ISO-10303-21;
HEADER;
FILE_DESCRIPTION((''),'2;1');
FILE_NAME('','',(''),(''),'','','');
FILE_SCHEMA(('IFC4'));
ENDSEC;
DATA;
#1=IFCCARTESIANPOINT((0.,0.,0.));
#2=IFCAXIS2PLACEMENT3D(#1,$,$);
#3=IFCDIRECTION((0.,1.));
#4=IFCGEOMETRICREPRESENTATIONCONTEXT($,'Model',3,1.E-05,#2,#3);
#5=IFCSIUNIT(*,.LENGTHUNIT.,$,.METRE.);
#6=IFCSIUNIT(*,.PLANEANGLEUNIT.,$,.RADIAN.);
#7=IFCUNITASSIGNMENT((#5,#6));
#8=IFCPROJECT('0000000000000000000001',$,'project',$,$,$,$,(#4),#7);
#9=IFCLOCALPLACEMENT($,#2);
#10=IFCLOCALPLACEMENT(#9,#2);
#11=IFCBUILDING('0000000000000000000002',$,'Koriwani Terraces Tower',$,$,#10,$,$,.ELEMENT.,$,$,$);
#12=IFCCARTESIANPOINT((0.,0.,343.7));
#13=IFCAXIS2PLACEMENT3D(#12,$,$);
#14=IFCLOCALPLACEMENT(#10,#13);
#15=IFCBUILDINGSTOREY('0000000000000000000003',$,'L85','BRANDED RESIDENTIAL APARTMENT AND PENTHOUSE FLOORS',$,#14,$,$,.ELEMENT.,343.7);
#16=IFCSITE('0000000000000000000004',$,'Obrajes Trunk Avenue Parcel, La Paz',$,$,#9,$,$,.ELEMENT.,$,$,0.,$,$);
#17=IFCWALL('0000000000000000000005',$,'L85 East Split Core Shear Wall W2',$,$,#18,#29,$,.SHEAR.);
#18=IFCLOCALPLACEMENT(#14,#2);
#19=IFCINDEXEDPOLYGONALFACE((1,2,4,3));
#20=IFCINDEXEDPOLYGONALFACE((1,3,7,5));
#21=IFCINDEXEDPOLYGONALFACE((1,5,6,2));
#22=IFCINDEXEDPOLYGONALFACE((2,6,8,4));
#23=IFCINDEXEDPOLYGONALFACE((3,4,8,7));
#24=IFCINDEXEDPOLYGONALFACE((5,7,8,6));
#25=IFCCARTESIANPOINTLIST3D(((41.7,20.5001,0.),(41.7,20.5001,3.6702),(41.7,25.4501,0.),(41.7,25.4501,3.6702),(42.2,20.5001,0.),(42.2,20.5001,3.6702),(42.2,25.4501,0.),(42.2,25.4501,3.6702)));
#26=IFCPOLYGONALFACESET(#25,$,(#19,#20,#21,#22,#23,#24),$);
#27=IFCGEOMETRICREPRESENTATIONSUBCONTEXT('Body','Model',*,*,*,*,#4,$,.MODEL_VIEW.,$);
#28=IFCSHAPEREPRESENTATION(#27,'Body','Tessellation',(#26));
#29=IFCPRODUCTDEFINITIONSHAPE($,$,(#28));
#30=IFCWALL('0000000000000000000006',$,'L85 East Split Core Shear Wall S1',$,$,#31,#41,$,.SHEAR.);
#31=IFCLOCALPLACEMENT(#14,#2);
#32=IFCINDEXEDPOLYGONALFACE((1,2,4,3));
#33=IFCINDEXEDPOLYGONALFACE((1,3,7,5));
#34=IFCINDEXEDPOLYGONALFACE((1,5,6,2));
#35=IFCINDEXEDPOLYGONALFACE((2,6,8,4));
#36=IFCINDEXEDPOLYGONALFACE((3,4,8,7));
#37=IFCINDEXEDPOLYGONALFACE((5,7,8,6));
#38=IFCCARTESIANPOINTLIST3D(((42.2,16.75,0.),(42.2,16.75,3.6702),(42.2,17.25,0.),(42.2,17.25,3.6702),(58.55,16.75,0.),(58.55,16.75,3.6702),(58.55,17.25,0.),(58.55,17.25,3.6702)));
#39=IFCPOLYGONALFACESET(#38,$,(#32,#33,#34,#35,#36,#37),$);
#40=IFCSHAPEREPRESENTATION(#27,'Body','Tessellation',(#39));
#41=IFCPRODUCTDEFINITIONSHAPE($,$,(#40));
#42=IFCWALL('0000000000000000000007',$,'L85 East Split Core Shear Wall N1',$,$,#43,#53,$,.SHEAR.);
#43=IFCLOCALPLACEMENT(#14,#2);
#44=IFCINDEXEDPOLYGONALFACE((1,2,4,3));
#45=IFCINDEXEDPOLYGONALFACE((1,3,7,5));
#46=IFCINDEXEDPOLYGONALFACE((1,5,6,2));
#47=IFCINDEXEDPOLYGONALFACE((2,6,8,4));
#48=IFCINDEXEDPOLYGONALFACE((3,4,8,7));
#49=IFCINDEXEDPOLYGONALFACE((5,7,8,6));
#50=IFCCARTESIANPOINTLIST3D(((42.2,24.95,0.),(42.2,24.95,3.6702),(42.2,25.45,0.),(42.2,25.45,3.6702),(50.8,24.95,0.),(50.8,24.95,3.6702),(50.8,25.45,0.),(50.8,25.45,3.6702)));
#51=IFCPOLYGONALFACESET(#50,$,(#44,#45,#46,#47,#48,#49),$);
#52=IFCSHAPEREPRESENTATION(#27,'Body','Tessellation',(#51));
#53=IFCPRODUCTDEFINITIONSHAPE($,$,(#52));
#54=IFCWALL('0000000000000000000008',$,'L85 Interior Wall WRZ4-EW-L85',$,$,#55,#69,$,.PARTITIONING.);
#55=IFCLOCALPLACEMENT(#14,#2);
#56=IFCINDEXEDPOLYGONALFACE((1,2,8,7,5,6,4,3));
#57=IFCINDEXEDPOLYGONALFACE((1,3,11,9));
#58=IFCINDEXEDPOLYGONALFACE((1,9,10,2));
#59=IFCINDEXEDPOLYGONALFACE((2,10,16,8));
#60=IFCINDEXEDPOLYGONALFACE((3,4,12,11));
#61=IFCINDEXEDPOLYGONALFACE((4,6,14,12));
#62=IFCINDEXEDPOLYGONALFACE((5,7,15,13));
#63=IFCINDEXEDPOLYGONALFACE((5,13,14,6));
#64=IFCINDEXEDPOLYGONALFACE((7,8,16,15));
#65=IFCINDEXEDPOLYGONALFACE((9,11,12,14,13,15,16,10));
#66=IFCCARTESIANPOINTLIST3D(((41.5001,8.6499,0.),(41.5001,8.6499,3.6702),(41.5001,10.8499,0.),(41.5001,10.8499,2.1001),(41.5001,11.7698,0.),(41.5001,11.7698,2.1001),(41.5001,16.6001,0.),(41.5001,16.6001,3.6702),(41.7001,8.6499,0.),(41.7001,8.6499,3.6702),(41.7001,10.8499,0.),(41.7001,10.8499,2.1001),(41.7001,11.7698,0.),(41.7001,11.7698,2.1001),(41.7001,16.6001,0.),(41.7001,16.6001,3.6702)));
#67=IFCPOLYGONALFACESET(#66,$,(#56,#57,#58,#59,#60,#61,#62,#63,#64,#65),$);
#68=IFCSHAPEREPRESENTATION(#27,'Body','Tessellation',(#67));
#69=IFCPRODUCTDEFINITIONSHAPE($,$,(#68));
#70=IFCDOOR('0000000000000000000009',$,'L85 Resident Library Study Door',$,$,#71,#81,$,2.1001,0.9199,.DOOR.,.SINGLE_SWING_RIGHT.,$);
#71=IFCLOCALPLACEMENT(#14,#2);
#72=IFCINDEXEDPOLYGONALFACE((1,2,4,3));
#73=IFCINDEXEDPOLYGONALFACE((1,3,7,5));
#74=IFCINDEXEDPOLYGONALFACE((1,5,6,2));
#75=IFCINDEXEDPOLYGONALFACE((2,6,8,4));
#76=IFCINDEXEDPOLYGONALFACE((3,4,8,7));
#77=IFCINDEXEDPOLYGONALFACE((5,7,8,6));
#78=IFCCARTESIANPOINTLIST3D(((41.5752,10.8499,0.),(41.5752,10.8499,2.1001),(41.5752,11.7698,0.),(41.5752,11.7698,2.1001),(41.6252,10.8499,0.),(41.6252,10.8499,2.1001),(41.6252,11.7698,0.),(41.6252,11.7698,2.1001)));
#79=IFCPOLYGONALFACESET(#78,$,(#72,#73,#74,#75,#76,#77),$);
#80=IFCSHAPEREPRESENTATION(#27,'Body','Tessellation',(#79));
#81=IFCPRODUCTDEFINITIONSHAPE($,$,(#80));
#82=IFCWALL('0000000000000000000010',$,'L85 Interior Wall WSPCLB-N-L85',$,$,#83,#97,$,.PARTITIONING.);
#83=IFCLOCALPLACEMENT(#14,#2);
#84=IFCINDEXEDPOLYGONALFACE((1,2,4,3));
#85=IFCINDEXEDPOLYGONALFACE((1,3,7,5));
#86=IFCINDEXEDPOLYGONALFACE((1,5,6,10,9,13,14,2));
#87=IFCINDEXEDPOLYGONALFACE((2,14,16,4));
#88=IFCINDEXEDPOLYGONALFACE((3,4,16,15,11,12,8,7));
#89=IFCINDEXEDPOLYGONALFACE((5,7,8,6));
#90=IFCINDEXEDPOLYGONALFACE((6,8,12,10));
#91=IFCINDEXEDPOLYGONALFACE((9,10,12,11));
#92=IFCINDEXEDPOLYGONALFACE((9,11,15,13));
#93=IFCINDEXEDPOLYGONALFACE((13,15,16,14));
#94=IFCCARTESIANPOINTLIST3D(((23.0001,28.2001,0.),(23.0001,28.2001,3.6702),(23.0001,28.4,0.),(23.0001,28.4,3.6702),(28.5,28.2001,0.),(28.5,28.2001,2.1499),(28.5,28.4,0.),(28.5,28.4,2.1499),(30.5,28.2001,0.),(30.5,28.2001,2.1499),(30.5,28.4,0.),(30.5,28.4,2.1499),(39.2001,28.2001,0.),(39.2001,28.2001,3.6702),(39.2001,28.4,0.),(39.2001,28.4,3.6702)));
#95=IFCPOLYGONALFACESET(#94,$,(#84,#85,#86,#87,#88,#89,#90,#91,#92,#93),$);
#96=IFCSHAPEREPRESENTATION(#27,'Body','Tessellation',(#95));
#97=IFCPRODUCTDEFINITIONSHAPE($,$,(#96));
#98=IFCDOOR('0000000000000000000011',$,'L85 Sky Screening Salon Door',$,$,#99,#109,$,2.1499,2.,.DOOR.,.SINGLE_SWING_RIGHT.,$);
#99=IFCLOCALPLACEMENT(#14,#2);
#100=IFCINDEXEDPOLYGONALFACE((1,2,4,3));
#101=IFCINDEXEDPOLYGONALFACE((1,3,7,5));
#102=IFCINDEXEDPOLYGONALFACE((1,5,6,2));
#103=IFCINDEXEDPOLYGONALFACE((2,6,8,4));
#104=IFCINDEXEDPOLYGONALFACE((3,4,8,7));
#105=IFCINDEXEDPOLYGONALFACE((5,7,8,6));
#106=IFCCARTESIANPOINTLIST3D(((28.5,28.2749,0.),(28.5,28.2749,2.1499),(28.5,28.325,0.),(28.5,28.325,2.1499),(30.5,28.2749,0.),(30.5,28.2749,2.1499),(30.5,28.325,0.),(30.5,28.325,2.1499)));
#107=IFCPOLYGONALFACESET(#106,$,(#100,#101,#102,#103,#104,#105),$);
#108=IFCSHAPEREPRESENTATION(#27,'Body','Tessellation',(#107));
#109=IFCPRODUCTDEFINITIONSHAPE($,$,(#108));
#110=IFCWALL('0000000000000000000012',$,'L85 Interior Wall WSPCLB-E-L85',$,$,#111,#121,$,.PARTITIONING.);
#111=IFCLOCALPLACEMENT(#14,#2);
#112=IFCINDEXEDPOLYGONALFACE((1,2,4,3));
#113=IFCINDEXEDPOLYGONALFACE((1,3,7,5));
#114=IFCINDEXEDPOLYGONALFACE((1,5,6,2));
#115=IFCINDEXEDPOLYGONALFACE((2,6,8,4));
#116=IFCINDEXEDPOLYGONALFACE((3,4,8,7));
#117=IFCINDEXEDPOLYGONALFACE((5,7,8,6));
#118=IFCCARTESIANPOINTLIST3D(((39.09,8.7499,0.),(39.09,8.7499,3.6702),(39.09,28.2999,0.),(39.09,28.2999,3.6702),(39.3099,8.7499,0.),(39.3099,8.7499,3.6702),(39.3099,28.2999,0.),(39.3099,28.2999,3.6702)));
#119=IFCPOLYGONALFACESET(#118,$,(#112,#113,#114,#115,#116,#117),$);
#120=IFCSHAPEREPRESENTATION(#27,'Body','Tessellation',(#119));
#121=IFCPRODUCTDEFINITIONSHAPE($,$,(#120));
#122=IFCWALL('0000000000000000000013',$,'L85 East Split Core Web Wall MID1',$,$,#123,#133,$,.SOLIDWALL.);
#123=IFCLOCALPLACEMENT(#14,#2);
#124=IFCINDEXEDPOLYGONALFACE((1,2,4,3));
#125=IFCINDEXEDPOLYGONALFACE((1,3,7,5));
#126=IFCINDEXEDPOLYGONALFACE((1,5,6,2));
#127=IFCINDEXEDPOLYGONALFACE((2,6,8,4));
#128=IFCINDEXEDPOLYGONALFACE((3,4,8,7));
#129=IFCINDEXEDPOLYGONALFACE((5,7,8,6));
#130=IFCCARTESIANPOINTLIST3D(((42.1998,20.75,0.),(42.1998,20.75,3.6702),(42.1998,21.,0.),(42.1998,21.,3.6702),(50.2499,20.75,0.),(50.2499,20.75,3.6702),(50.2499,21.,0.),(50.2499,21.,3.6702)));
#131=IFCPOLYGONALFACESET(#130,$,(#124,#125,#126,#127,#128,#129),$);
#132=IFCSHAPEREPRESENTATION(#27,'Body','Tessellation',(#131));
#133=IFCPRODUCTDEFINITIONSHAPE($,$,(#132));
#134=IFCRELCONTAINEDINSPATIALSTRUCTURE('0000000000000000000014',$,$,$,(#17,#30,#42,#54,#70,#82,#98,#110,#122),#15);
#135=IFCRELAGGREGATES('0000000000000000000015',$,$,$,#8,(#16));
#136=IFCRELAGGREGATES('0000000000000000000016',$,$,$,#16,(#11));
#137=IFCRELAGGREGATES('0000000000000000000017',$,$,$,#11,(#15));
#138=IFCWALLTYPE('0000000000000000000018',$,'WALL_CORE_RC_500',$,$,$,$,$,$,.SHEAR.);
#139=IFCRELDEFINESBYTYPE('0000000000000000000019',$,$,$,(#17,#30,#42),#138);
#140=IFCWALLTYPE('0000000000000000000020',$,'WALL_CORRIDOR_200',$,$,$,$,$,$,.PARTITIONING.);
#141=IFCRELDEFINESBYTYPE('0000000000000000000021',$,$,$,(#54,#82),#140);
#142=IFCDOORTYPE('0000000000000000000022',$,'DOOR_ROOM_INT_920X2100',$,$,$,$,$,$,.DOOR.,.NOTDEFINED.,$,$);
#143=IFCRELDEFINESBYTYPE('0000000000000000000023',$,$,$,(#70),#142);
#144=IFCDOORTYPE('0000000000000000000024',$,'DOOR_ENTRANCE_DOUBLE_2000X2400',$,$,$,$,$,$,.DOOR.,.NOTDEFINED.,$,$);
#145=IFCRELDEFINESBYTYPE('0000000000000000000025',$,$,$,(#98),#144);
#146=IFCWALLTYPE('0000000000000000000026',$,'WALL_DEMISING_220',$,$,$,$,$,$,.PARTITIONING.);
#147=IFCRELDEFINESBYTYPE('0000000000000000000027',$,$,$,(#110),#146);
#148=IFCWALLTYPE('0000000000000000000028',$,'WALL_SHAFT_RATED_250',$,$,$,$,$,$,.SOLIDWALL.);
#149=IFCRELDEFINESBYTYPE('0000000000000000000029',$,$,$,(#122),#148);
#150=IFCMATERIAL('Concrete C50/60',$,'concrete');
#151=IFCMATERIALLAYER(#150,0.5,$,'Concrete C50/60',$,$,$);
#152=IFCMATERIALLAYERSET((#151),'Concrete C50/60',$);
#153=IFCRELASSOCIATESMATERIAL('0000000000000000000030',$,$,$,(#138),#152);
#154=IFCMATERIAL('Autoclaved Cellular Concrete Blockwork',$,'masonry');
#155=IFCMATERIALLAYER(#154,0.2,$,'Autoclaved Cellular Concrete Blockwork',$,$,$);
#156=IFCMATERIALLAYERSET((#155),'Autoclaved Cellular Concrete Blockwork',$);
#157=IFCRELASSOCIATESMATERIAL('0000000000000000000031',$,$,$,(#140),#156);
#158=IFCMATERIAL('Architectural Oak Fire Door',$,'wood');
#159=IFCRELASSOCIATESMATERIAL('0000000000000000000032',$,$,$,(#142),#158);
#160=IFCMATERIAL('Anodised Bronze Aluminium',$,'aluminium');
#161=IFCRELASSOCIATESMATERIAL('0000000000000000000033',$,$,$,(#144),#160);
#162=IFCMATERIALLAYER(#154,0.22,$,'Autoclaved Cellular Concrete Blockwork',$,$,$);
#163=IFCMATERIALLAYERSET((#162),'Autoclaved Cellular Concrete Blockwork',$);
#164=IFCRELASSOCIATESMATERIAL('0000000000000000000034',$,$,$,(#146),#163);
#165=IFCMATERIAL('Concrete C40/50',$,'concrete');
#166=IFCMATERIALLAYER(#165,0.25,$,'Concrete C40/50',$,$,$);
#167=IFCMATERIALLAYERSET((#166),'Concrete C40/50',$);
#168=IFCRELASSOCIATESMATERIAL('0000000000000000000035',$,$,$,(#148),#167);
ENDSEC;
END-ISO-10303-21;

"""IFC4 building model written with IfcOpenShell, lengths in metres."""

from ifc_helpers import new_model, si_unit, direction, frame, frame_2d, origin, place, context, subcontext, project, spatial, rectangle, extrude, material, layer, layer_set, type_object, element, fill, save


model = new_model("IFC4")

# Units and contexts
model_context = context("Model", 3, precision=1e-05, world=origin(), true_north=direction((0.0, 1.0)))
body_context = subcontext(model_context, "Body", "Model", "MODEL_VIEW")
ifc_project = project(units=[si_unit("LENGTHUNIT", "METRE"), si_unit("PLANEANGLEUNIT", "RADIAN")], contexts=[model_context])

# Site, building, storey
site_placement = place(None, origin())
site = spatial("IfcSite", under=ifc_project, at=site_placement, Name="Obrajes Trunk Avenue Parcel, La Paz", CompositionType="ELEMENT", RefElevation=0.0)
building_placement = place(site_placement, origin())
building = spatial("IfcBuilding", under=site, at=building_placement, Name="Koriwani Terraces Tower", CompositionType="ELEMENT")
storey_placement = place(building_placement, frame((0.0, 0.0, 343.7)))
storey = spatial("IfcBuildingStorey", under=building, at=storey_placement, Name="L85", Description="BRANDED RESIDENTIAL APARTMENT AND PENTHOUSE FLOORS", CompositionType="ELEMENT", Elevation=343.7)

# Shared definitions
ifc_material_1 = material(Name="Concrete C50/60", Category="concrete")

# Shared definitions
ifc_material_2 = material(Name="Concrete C40/50", Category="concrete")

# Walls
ifc_layer_1 = layer(ifc_material_1, 0.5, Name="Concrete C50/60")
ifc_layer_set_1 = layer_set([ifc_layer_1], Name="Concrete C50/60")
wall_type_1 = type_object("IfcWallType", Name="WALL_CORE_RC_500", PredefinedType="SHEAR", material=ifc_layer_set_1)
wall_1_placement = place(storey_placement, frame((41.95, 20.5, 0.0), z_axis=(0.0, 0.0, 1.0), x_axis=(0.0, 1.0, 0.0)))
element("IfcWall", 1, at=wall_1_placement, inside=storey, type_object=wall_type_1, Name="L85 East Split Core Shear Wall W2", PredefinedType="SHEAR", context=body_context, shape_type="SweptSolid", body=[
    extrude(rectangle(XDim=4.95, YDim=0.5, at=frame_2d((2.4751, 0.0))), origin(), (0.0, 0.0, 1.0), 3.6702),
])
wall_2_placement = place(storey_placement, frame((42.2, 17.0, 0.0), z_axis=(0.0, 0.0, 1.0), x_axis=(1.0, 0.0, 0.0)))
element("IfcWall", 2, at=wall_2_placement, inside=storey, type_object=wall_type_1, Name="L85 East Split Core Shear Wall S1", PredefinedType="SHEAR", context=body_context, shape_type="SweptSolid", body=[
    extrude(rectangle(XDim=16.3501, YDim=0.5, at=frame_2d((8.175, 0.0))), origin(), (0.0, 0.0, 1.0), 3.6702),
])
wall_3_placement = place(storey_placement, frame((42.2, 25.2, 0.0), z_axis=(0.0, 0.0, 1.0), x_axis=(1.0, 0.0, 0.0)))
element("IfcWall", 3, at=wall_3_placement, inside=storey, type_object=wall_type_1, Name="L85 East Split Core Shear Wall N1", PredefinedType="SHEAR", context=body_context, shape_type="SweptSolid", body=[
    extrude(rectangle(XDim=8.6001, YDim=0.5, at=frame_2d((4.3, 0.0))), origin(), (0.0, 0.0, 1.0), 3.6702),
])

# Walls, openings, doors
ifc_material_3 = material(Name="Autoclaved Cellular Concrete Blockwork", Category="masonry")
ifc_layer_2 = layer(ifc_material_3, 0.2, Name="Autoclaved Cellular Concrete Blockwork")
ifc_layer_set_2 = layer_set([ifc_layer_2], Name="Autoclaved Cellular Concrete Blockwork")
wall_type_2 = type_object("IfcWallType", Name="WALL_CORRIDOR_200", PredefinedType="PARTITIONING", material=ifc_layer_set_2)
wall_4_placement = place(storey_placement, frame((41.6001, 8.6499, 0.0), z_axis=(0.0, 0.0, 1.0), x_axis=(0.0, 1.0, 0.0)))
wall_4 = element("IfcWall", 4, at=wall_4_placement, inside=storey, type_object=wall_type_2, Name="L85 Interior Wall WRZ4-EW-L85", PredefinedType="PARTITIONING", context=body_context, shape_type="SweptSolid", body=[
    extrude(rectangle(XDim=7.9502, YDim=0.2, at=frame_2d((3.9751, 0.0))), origin(), (0.0, 0.0, 1.0), 3.6702),
])
opening_1_placement = place(wall_4_placement, frame((2.2, 0.0, 0.0)))
opening_1 = element("IfcOpeningElement", 5, at=opening_1_placement, cuts=wall_4, PredefinedType="OPENING", context=body_context, shape_type="SweptSolid", body=[
    extrude(rectangle(XDim=0.9199, YDim=2.1001, at=frame_2d((0.46, 1.05))), frame((0.0, 0.1099, 0.0), z_axis=(0.0, -1.0, 0.0), x_axis=(1.0, 0.0, 0.0)), (0.0, 0.0, 1.0), 0.22),
])
ifc_material_4 = material(Name="Architectural Oak Fire Door", Category="wood")
door_type_1 = type_object("IfcDoorType", Name="DOOR_ROOM_INT_920X2100", OperationType="NOTDEFINED", PredefinedType="DOOR", material=ifc_material_4)
door_1_placement = place(opening_1_placement, origin())
door_1 = element("IfcDoor", 6, at=door_1_placement, inside=storey, type_object=door_type_1, Name="L85 Resident Library Study Door", OperationType="SINGLE_SWING_RIGHT", OverallHeight=2.1001, OverallWidth=0.9199, PredefinedType="DOOR", context=body_context, shape_type="SweptSolid", body=[
    extrude(rectangle(XDim=0.9199, YDim=2.1001, at=frame_2d((0.46, 1.05))), frame((0.0, 0.0249, 0.0), z_axis=(0.0, -1.0, 0.0), x_axis=(1.0, 0.0, 0.0)), (0.0, 0.0, 1.0), 0.05),
])
fill(opening_1, door_1)
wall_5_placement = place(storey_placement, frame((23.0, 28.3, 0.0), z_axis=(0.0, 0.0, 1.0), x_axis=(1.0, 0.0, 0.0)))
wall_5 = element("IfcWall", 7, at=wall_5_placement, inside=storey, type_object=wall_type_2, Name="L85 Interior Wall WSPCLB-N-L85", PredefinedType="PARTITIONING", context=body_context, shape_type="SweptSolid", body=[
    extrude(rectangle(XDim=16.2, YDim=0.2, at=frame_2d((8.1001, 0.0))), origin(), (0.0, 0.0, 1.0), 3.6702),
])
opening_2_placement = place(wall_5_placement, frame((5.5, 0.0, 0.0)))
opening_2 = element("IfcOpeningElement", 8, at=opening_2_placement, cuts=wall_5, PredefinedType="OPENING", context=body_context, shape_type="SweptSolid", body=[
    extrude(rectangle(XDim=2.0, YDim=2.1499, at=frame_2d((1.0, 1.075))), frame((0.0, 0.1099, 0.0), z_axis=(0.0, -1.0, 0.0), x_axis=(1.0, 0.0, 0.0)), (0.0, 0.0, 1.0), 0.22),
])
ifc_material_5 = material(Name="Anodised Bronze Aluminium", Category="aluminium")
door_type_2 = type_object("IfcDoorType", Name="DOOR_ENTRANCE_DOUBLE_2000X2400", OperationType="NOTDEFINED", PredefinedType="DOOR", material=ifc_material_5)
door_2_placement = place(opening_2_placement, origin())
door_2 = element("IfcDoor", 9, at=door_2_placement, inside=storey, type_object=door_type_2, Name="L85 Sky Screening Salon Door", OperationType="SINGLE_SWING_RIGHT", OverallHeight=2.1499, OverallWidth=2.0, PredefinedType="DOOR", context=body_context, shape_type="SweptSolid", body=[
    extrude(rectangle(XDim=2.0, YDim=2.1499, at=frame_2d((1.0, 1.075))), frame((0.0, 0.0249, 0.0), z_axis=(0.0, -1.0, 0.0), x_axis=(1.0, 0.0, 0.0)), (0.0, 0.0, 1.0), 0.05),
])
fill(opening_2, door_2)

# Walls
ifc_layer_3 = layer(ifc_material_3, 0.22, Name="Autoclaved Cellular Concrete Blockwork")
ifc_layer_set_3 = layer_set([ifc_layer_3], Name="Autoclaved Cellular Concrete Blockwork")
wall_type_3 = type_object("IfcWallType", Name="WALL_DEMISING_220", PredefinedType="PARTITIONING", material=ifc_layer_set_3)
wall_6_placement = place(storey_placement, frame((39.2, 8.75, 0.0), z_axis=(0.0, 0.0, 1.0), x_axis=(0.0, 1.0, 0.0)))
element("IfcWall", 10, at=wall_6_placement, inside=storey, type_object=wall_type_3, Name="L85 Interior Wall WSPCLB-E-L85", PredefinedType="PARTITIONING", context=body_context, shape_type="SweptSolid", body=[
    extrude(rectangle(XDim=19.55, YDim=0.22, at=frame_2d((9.7749, 0.0))), origin(), (0.0, 0.0, 1.0), 3.6702),
])
ifc_layer_4 = layer(ifc_material_2, 0.25, Name="Concrete C40/50")
ifc_layer_set_4 = layer_set([ifc_layer_4], Name="Concrete C40/50")
wall_type_4 = type_object("IfcWallType", Name="WALL_SHAFT_RATED_250", PredefinedType="SOLIDWALL", material=ifc_layer_set_4)
wall_7_placement = place(storey_placement, frame((42.2, 20.875, 0.0), z_axis=(0.0, 0.0, 1.0), x_axis=(1.0, 0.0, 0.0)))
element("IfcWall", 11, at=wall_7_placement, inside=storey, type_object=wall_type_4, Name="L85 East Split Core Web Wall MID1", PredefinedType="SOLIDWALL", context=body_context, shape_type="SweptSolid", body=[
    extrude(rectangle(XDim=8.05, YDim=0.25, at=frame_2d((4.0249, 0.0))), origin(), (0.0, 0.0, 1.0), 3.6702),
])

save(model, "model.ifc")
